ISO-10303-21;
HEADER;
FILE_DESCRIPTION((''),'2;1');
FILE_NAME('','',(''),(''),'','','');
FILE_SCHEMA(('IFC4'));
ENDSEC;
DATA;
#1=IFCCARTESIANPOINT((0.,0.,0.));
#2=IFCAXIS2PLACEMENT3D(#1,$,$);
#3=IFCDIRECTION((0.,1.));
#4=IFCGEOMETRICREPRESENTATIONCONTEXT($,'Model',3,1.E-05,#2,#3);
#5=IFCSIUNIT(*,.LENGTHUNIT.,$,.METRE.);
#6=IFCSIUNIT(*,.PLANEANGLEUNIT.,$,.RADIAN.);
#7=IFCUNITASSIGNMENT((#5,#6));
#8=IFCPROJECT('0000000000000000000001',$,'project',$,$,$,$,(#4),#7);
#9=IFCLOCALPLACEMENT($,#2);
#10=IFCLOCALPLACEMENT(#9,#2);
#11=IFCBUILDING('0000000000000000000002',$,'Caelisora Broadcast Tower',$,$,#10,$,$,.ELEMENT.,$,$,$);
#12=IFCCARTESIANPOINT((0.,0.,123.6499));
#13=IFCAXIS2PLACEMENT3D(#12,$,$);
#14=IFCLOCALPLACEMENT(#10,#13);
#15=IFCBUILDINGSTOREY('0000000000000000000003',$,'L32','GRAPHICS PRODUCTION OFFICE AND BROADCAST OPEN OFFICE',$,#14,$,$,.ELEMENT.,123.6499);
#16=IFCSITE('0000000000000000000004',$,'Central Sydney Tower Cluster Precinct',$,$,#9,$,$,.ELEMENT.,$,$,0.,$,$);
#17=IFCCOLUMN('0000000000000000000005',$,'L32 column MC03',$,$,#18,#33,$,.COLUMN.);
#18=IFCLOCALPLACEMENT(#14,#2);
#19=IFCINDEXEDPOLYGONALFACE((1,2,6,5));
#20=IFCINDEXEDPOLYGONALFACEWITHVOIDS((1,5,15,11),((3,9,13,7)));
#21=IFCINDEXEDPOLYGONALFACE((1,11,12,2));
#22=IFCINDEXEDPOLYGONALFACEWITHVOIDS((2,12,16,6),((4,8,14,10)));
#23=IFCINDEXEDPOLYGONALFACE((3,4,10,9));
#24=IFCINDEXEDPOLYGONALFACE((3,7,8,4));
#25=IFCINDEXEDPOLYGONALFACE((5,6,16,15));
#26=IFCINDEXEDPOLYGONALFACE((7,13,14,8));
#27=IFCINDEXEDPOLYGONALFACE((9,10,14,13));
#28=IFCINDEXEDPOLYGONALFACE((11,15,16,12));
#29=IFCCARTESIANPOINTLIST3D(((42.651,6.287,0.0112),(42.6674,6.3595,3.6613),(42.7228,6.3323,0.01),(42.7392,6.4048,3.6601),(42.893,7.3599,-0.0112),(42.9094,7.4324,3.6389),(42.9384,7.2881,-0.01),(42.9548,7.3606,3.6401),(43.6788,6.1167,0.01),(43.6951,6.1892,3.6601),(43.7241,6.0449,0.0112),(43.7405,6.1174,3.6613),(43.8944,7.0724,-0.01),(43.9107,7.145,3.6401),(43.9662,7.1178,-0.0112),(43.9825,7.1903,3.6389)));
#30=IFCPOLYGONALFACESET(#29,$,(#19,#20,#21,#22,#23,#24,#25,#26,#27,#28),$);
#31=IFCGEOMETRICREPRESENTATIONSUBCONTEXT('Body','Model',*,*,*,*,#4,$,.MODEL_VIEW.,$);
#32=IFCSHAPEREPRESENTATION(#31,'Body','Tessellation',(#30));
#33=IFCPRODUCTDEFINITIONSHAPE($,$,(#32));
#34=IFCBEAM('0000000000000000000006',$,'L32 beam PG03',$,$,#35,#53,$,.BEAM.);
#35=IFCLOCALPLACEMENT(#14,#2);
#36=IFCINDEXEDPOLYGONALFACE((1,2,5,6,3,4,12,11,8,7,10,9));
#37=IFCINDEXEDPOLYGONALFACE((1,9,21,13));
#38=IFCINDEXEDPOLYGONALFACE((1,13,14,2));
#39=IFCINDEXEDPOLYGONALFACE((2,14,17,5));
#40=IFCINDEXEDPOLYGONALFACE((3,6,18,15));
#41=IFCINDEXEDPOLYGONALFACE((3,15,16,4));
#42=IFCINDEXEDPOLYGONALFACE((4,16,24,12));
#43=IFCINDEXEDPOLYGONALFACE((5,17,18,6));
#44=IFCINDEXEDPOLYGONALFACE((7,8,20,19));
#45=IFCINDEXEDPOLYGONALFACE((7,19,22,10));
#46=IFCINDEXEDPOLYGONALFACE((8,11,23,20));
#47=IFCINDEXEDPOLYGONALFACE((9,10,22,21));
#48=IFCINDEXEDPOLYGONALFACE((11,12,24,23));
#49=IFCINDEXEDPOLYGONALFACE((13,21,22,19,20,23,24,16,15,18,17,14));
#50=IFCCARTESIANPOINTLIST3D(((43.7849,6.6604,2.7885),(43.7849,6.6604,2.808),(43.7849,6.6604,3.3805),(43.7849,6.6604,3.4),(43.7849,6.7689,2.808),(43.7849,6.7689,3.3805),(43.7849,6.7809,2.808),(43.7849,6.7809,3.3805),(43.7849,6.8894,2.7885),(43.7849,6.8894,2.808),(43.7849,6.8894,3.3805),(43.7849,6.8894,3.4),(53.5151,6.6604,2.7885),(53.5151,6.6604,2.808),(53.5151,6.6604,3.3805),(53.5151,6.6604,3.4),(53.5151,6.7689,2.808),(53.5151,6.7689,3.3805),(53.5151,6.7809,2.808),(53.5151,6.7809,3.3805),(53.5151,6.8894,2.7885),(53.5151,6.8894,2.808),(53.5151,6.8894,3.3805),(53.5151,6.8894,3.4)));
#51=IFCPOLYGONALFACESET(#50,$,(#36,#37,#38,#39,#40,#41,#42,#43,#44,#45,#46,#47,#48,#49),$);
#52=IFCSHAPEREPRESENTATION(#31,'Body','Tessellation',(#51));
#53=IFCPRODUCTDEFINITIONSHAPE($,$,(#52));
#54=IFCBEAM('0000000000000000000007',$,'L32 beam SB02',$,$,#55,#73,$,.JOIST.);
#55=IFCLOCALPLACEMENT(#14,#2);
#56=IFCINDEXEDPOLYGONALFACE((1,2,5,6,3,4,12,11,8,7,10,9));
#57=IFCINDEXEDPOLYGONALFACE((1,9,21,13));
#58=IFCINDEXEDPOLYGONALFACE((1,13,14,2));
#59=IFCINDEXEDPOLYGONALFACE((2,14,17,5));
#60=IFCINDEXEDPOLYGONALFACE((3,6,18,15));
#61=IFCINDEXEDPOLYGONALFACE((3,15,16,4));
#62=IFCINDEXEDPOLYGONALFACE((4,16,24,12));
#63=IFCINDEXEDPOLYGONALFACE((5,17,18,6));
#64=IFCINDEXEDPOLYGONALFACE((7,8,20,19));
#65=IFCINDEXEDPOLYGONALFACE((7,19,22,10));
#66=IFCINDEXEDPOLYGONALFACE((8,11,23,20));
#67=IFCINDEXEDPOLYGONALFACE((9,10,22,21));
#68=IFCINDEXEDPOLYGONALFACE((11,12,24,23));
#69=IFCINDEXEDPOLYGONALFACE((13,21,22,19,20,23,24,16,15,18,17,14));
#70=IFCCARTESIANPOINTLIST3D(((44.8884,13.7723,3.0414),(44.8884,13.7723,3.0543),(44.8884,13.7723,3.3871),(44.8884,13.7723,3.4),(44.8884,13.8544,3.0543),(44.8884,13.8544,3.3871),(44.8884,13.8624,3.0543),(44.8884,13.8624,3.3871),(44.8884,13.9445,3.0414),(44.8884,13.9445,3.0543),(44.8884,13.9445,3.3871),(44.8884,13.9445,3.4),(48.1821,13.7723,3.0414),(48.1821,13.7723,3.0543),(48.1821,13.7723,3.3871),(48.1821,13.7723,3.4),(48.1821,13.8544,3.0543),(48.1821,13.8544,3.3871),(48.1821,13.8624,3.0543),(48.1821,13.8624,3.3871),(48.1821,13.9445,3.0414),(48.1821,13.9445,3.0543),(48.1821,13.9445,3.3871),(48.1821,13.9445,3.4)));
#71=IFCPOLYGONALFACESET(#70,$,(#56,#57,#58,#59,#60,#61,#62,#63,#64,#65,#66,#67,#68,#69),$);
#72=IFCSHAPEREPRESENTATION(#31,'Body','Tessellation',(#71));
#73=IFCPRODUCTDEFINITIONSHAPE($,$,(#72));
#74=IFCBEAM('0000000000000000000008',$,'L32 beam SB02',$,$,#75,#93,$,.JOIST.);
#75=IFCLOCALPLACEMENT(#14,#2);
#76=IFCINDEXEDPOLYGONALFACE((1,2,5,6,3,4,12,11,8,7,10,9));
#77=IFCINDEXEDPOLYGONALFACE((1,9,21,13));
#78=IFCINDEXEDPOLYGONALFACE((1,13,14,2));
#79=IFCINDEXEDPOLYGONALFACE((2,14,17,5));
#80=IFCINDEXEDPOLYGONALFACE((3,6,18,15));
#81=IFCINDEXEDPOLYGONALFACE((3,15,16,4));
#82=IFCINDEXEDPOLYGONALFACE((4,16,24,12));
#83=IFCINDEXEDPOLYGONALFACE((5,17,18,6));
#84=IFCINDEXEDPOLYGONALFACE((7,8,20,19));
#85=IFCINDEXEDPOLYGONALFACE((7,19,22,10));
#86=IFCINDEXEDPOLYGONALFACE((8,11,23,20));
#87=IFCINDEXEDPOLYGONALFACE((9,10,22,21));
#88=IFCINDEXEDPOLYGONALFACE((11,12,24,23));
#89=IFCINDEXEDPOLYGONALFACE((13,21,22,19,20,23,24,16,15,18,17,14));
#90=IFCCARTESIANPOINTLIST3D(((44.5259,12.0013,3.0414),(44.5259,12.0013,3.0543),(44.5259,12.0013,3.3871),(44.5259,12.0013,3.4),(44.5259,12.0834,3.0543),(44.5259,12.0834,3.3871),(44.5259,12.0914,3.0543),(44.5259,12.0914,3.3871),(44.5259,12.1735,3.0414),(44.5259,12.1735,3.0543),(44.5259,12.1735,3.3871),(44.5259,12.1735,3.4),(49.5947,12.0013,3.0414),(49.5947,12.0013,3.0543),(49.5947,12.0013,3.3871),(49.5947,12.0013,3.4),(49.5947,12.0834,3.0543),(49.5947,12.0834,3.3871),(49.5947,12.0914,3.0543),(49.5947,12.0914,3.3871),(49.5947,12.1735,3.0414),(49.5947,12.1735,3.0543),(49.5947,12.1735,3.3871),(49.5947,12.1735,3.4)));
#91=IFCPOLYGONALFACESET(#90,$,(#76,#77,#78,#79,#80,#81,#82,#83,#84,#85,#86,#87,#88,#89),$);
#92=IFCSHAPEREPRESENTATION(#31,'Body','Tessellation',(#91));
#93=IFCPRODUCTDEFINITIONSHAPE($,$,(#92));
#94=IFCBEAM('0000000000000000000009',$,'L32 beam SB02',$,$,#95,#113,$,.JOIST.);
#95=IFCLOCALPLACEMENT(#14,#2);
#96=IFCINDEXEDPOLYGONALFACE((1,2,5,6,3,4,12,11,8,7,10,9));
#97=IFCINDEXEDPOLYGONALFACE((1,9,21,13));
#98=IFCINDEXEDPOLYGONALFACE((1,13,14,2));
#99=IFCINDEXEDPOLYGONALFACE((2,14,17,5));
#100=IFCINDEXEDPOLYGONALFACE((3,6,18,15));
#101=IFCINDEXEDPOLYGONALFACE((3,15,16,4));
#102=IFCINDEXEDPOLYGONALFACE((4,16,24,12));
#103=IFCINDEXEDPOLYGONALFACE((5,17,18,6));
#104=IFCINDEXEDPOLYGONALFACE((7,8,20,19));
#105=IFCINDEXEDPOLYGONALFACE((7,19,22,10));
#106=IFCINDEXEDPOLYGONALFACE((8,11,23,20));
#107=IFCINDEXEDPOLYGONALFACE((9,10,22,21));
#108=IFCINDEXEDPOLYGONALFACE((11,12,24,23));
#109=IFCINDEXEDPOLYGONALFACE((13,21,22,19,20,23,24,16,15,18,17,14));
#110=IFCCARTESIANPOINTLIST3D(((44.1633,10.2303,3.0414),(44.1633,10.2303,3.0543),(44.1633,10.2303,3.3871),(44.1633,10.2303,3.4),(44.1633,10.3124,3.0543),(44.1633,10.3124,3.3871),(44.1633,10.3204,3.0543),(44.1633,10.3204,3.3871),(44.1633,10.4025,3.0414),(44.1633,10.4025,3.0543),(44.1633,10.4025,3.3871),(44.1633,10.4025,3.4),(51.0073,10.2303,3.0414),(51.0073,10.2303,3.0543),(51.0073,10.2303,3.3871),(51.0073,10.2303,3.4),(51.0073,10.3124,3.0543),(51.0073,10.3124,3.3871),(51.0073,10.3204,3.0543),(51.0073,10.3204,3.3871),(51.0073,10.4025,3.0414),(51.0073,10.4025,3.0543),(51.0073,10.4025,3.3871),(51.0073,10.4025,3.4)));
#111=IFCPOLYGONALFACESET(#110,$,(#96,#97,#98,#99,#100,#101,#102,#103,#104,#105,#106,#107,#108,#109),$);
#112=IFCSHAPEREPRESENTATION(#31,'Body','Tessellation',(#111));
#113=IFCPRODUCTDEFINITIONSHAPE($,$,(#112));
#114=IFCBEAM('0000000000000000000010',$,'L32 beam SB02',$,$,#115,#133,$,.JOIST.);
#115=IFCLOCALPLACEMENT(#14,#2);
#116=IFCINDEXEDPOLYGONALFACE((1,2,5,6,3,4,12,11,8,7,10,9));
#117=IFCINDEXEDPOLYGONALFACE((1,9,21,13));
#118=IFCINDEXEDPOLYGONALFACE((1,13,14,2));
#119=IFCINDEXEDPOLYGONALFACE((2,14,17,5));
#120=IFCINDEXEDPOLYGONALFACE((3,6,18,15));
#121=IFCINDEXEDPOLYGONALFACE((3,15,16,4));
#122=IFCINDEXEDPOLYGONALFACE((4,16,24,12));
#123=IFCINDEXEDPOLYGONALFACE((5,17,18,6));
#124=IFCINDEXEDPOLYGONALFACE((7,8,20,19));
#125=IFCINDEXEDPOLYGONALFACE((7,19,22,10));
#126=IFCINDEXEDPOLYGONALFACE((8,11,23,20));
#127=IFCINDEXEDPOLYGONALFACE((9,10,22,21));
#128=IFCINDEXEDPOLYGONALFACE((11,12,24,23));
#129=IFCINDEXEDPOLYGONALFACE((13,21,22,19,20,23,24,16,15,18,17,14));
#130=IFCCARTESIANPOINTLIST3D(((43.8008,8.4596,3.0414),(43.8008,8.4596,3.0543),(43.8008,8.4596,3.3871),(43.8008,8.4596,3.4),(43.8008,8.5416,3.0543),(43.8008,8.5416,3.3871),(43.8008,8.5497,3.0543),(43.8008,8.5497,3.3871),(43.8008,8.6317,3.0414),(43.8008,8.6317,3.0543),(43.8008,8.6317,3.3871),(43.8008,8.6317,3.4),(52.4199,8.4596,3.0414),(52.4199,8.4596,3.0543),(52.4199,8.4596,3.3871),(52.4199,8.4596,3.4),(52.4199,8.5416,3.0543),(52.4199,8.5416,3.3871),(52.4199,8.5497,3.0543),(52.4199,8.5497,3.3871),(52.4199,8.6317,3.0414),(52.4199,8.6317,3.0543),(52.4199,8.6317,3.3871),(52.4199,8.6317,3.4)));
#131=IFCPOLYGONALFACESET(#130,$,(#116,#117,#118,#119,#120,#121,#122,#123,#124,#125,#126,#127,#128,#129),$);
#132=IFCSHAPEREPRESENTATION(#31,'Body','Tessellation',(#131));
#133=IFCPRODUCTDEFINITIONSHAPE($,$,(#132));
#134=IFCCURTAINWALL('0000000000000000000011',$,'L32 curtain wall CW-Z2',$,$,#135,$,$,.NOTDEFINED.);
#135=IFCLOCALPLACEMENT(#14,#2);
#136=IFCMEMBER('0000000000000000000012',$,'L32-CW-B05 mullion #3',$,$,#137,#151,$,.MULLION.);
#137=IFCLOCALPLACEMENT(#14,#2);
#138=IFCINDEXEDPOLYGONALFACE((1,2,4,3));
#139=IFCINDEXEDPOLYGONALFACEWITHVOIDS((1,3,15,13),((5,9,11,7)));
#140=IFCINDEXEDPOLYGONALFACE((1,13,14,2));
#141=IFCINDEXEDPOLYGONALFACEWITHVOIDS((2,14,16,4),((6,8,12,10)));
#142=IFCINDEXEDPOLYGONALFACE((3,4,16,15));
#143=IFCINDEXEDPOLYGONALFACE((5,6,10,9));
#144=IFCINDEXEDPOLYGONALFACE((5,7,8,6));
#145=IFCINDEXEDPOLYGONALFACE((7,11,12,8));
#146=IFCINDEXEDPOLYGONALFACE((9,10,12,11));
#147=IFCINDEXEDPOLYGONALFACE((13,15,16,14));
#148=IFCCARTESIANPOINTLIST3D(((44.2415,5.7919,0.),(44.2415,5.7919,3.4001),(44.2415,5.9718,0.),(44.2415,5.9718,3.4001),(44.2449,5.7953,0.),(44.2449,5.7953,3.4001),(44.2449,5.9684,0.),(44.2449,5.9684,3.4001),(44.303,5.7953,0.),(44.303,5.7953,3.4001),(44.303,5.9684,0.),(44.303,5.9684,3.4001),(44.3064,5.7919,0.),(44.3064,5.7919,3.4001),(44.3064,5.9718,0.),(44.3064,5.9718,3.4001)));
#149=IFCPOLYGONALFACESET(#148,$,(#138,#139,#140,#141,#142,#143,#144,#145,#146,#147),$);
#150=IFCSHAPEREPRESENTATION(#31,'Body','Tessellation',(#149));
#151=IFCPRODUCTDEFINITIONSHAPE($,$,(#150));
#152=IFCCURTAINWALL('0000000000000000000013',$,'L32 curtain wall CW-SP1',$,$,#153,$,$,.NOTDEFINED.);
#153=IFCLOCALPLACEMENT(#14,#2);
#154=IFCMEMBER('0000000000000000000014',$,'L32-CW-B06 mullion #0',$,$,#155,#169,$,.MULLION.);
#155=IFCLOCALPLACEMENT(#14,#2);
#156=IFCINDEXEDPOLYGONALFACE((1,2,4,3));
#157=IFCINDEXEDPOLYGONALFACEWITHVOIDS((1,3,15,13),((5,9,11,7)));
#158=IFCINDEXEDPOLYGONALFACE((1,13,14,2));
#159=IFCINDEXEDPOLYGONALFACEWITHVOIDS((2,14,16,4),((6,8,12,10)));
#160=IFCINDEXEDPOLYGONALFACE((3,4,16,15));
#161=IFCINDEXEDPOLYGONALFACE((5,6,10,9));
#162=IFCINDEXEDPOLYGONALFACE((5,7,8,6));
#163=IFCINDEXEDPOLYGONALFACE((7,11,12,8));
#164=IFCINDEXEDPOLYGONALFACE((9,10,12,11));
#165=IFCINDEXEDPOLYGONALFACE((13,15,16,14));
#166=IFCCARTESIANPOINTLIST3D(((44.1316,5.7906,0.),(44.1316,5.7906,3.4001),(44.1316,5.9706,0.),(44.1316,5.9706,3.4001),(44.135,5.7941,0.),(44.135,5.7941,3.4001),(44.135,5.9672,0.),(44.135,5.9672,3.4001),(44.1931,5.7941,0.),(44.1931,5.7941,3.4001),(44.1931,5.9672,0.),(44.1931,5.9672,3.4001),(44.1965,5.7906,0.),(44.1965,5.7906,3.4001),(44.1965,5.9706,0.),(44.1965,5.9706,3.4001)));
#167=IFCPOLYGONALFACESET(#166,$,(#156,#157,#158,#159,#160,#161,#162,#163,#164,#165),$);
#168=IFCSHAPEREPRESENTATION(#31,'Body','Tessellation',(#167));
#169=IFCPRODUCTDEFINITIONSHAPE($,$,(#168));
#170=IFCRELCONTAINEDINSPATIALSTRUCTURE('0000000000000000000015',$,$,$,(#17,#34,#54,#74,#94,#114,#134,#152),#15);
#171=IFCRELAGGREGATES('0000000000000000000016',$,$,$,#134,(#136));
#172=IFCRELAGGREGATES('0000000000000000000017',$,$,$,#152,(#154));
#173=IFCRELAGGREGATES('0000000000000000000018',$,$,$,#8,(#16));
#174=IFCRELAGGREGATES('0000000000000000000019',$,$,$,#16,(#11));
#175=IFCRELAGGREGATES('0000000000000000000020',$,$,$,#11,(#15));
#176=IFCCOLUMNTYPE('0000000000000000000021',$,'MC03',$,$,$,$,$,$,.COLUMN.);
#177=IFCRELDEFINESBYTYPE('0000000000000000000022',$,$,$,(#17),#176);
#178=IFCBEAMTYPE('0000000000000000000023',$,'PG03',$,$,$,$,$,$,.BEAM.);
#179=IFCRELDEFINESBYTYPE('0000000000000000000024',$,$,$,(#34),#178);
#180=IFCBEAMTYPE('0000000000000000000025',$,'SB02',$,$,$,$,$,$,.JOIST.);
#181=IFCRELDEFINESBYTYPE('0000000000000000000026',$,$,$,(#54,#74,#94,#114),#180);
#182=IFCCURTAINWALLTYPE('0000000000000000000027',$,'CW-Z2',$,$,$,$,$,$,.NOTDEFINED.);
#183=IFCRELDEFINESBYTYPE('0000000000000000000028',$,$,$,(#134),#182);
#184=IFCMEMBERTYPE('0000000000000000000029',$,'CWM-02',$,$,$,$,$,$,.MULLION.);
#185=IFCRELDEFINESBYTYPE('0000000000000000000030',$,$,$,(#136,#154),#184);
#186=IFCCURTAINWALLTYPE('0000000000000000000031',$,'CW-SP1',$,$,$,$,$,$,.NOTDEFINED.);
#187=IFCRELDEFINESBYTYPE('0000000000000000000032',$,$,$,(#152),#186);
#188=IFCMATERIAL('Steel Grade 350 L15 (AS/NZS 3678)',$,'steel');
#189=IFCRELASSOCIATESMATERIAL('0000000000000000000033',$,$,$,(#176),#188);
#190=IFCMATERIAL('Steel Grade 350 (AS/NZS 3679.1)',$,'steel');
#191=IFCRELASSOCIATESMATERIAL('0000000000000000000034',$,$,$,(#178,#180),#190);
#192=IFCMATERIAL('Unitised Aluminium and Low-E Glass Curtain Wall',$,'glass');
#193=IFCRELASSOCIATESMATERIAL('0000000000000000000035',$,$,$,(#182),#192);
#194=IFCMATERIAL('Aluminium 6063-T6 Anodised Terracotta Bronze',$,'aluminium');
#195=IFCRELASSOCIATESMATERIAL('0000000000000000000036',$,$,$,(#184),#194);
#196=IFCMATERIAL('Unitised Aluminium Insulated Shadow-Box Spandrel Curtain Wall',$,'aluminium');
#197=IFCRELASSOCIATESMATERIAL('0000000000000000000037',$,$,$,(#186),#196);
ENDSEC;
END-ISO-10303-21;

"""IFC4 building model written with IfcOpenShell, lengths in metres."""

from ifc_helpers import new_model, si_unit, direction, frame, origin, origin_2d, place, context, subcontext, project, spatial, hollow_rectangle, i_section, extrude, source, transform, mapped, material, material_profile, profile_set, type_object, type_shapes, element, aggregate, save


model = new_model("IFC4")

# Units and contexts
model_context = context("Model", 3, precision=1e-05, world=origin(), true_north=direction((0.0, 1.0)))
body_context = subcontext(model_context, "Body", "Model", "MODEL_VIEW")
ifc_project = project(units=[si_unit("LENGTHUNIT", "METRE"), si_unit("PLANEANGLEUNIT", "RADIAN")], contexts=[model_context])

# Site, building, storey
site_placement = place(None, origin())
site = spatial("IfcSite", under=ifc_project, at=site_placement, Name="Central Sydney Tower Cluster Precinct", CompositionType="ELEMENT", RefElevation=0.0)
building_placement = place(site_placement, origin())
building = spatial("IfcBuilding", under=site, at=building_placement, Name="Caelisora Broadcast Tower", CompositionType="ELEMENT")
storey_placement = place(building_placement, frame((0.0, 0.0, 123.6499)))
storey = spatial("IfcBuildingStorey", under=building, at=storey_placement, Name="L32", Description="GRAPHICS PRODUCTION OFFICE AND BROADCAST OPEN OFFICE", CompositionType="ELEMENT", Elevation=123.6499)

# Column
ifc_material_1 = material(Name="Steel Grade 350 L15 (AS/NZS 3678)", Category="steel")
ifc_material_profile_1 = material_profile(ifc_material_1, hollow_rectangle(XDim=1.1001, YDim=1.1001, WallThickness=0.0601, at=origin_2d()), Name="Steel Grade 350 L15 (AS/NZS 3678)")
ifc_profile_set_1 = profile_set([ifc_material_profile_1], Name="Steel Grade 350 L15 (AS/NZS 3678)")
column_type = type_object("IfcColumnType", Name="MC03", PredefinedType="COLUMN", material=ifc_profile_set_1)
shared_shape_1 = source(origin(), body_context, "Body", "SweptSolid", [
    extrude(hollow_rectangle(XDim=1.1001, YDim=1.1001, WallThickness=0.0601, at=origin_2d()), origin(), (0.0, 0.0, 1.0), 3.6509),
])
type_shapes(column_type, [shared_shape_1])
column_placement = place(storey_placement, frame((43.3086, 6.7024, 0.0), z_axis=(0.00448, 0.019861, 0.999793), x_axis=(-0.975487, 0.220059, 0.0)))
element("IfcColumn", 1, at=column_placement, inside=storey, type_object=column_type, Name="L32 column MC03", PredefinedType="COLUMN", context=body_context, shape_type="MappedRepresentation", body=[
    mapped(shared_shape_1, transform((0.0, 0.0, 0.0), scale=1.0)),
])

# Beams
ifc_material_2 = material(Name="Steel Grade 350 (AS/NZS 3679.1)", Category="steel")
ifc_material_profile_2 = material_profile(ifc_material_2, i_section(OverallWidth=0.229, OverallDepth=0.6116, WebThickness=0.012, FlangeThickness=0.0195, at=origin_2d()), Name="Steel Grade 350 (AS/NZS 3679.1)")
ifc_profile_set_2 = profile_set([ifc_material_profile_2], Name="Steel Grade 350 (AS/NZS 3679.1)")
beam_type_1 = type_object("IfcBeamType", Name="PG03", PredefinedType="BEAM", material=ifc_profile_set_2)
shared_shape_2 = source(origin(), body_context, "Body", "SweptSolid", [
    extrude(i_section(OverallWidth=0.229, OverallDepth=0.6116, WebThickness=0.012, FlangeThickness=0.0195, at=origin_2d()), origin(), (0.0, 0.0, 1.0), 9.7302),
])
type_shapes(beam_type_1, [shared_shape_2])
beam_1_placement = place(storey_placement, frame((43.7849, 6.7749, 3.0942), z_axis=(1.0, 0.0, 0.0), x_axis=(0.0, 1.0, 0.0)))
element("IfcBeam", 2, at=beam_1_placement, inside=storey, type_object=beam_type_1, Name="L32 beam PG03", PredefinedType="BEAM", context=body_context, shape_type="MappedRepresentation", body=[
    mapped(shared_shape_2, transform((0.0, 0.0, 0.0), scale=1.0)),
])
ifc_material_profile_3 = material_profile(ifc_material_2, i_section(OverallWidth=0.1721, OverallDepth=0.3586, WebThickness=0.0081, FlangeThickness=0.0129, at=origin_2d()), Name="Steel Grade 350 (AS/NZS 3679.1)")
ifc_profile_set_3 = profile_set([ifc_material_profile_3], Name="Steel Grade 350 (AS/NZS 3679.1)")
beam_type_2 = type_object("IfcBeamType", Name="SB02", PredefinedType="JOIST", material=ifc_profile_set_3)
shared_shape_3 = source(origin(), body_context, "Body", "SweptSolid", [
    extrude(i_section(OverallWidth=0.1721, OverallDepth=0.3586, WebThickness=0.0081, FlangeThickness=0.0129, at=origin_2d()), origin(), (0.0, 0.0, 1.0), 3.2937),
])
beam_2_placement = place(storey_placement, frame((44.8884, 13.8584, 3.2207), z_axis=(1.0, 0.0, 0.0), x_axis=(0.0, 1.0, 0.0)))
element("IfcBeam", 3, at=beam_2_placement, inside=storey, type_object=beam_type_2, Name="L32 beam SB02", PredefinedType="JOIST", context=body_context, shape_type="MappedRepresentation", body=[
    mapped(shared_shape_3, transform((0.0, 0.0, 0.0), scale=1.0)),
])
shared_shape_4 = source(origin(), body_context, "Body", "SweptSolid", [
    extrude(i_section(OverallWidth=0.1721, OverallDepth=0.3586, WebThickness=0.0081, FlangeThickness=0.0129, at=origin_2d()), origin(), (0.0, 0.0, 1.0), 5.0688),
])
beam_3_placement = place(storey_placement, frame((44.5259, 12.0874, 3.2207), z_axis=(1.0, 0.0, 0.0), x_axis=(0.0, 1.0, 0.0)))
element("IfcBeam", 4, at=beam_3_placement, inside=storey, type_object=beam_type_2, Name="L32 beam SB02", PredefinedType="JOIST", context=body_context, shape_type="MappedRepresentation", body=[
    mapped(shared_shape_4, transform((0.0, 0.0, 0.0), scale=1.0)),
])
shared_shape_5 = source(origin(), body_context, "Body", "SweptSolid", [
    extrude(i_section(OverallWidth=0.1721, OverallDepth=0.3586, WebThickness=0.0081, FlangeThickness=0.0129, at=origin_2d()), origin(), (0.0, 0.0, 1.0), 6.844),
])
beam_4_placement = place(storey_placement, frame((44.1633, 10.3164, 3.2207), z_axis=(1.0, 0.0, 0.0), x_axis=(0.0, 1.0, 0.0)))
element("IfcBeam", 5, at=beam_4_placement, inside=storey, type_object=beam_type_2, Name="L32 beam SB02", PredefinedType="JOIST", context=body_context, shape_type="MappedRepresentation", body=[
    mapped(shared_shape_5, transform((0.0, 0.0, 0.0), scale=1.0)),
])
shared_shape_6 = source(origin(), body_context, "Body", "SweptSolid", [
    extrude(i_section(OverallWidth=0.1721, OverallDepth=0.3586, WebThickness=0.0081, FlangeThickness=0.0129, at=origin_2d()), origin(), (0.0, 0.0, 1.0), 8.6191),
])
type_shapes(beam_type_2, [shared_shape_3, shared_shape_4, shared_shape_5, shared_shape_6])
beam_5_placement = place(storey_placement, frame((43.8008, 8.5457, 3.2207), z_axis=(1.0, 0.0, 0.0), x_axis=(0.0, 1.0, 0.0)))
element("IfcBeam", 6, at=beam_5_placement, inside=storey, type_object=beam_type_2, Name="L32 beam SB02", PredefinedType="JOIST", context=body_context, shape_type="MappedRepresentation", body=[
    mapped(shared_shape_6, transform((0.0, 0.0, 0.0), scale=1.0)),
])

# Curtain wall, member
ifc_material_3 = material(Name="Unitised Aluminium and Low-E Glass Curtain Wall", Category="glass")
curtain_wall_type_1 = type_object("IfcCurtainWallType", Name="CW-Z2", PredefinedType="NOTDEFINED", material=ifc_material_3)
curtain_wall_1_placement = place(storey_placement, origin())
curtain_wall_1 = element("IfcCurtainWall", 7, at=curtain_wall_1_placement, inside=storey, type_object=curtain_wall_type_1, Name="L32 curtain wall CW-Z2", PredefinedType="NOTDEFINED")
ifc_material_4 = material(Name="Aluminium 6063-T6 Anodised Terracotta Bronze", Category="aluminium")
ifc_material_profile_4 = material_profile(ifc_material_4, hollow_rectangle(XDim=0.0649, YDim=0.1799, WallThickness=0.0034, at=origin_2d()), Name="Aluminium 6063-T6 Anodised Terracotta Bronze")
ifc_profile_set_4 = profile_set([ifc_material_profile_4], Name="Aluminium 6063-T6 Anodised Terracotta Bronze")
member_type_1 = type_object("IfcMemberType", Name="CWM-02", PredefinedType="MULLION", material=ifc_profile_set_4)
shared_shape_7 = source(origin(), body_context, "Body", "SweptSolid", [
    extrude(hollow_rectangle(XDim=0.0649, YDim=0.1799, WallThickness=0.0034, at=origin_2d()), origin(), (0.0, 0.0, 1.0), 3.4001),
])
type_shapes(member_type_1, [shared_shape_7])
member_1_placement = place(storey_placement, frame((44.2739, 5.8818, 0.0), z_axis=(0.0, 0.0, 1.0), x_axis=(1.0, 0.0, 0.0)))
member_1 = element("IfcMember", 8, at=member_1_placement, type_object=member_type_1, Name="L32-CW-B05 mullion #3", PredefinedType="MULLION", context=body_context, shape_type="MappedRepresentation", body=[
    mapped(shared_shape_7, transform((0.0, 0.0, 0.0), scale=1.0)),
])
aggregate(curtain_wall_1, [member_1])

# Curtain wall, member
ifc_material_5 = material(Name="Unitised Aluminium Insulated Shadow-Box Spandrel Curtain Wall", Category="aluminium")
curtain_wall_type_2 = type_object("IfcCurtainWallType", Name="CW-SP1", PredefinedType="NOTDEFINED", material=ifc_material_5)
curtain_wall_2_placement = place(storey_placement, origin())
curtain_wall_2 = element("IfcCurtainWall", 9, at=curtain_wall_2_placement, inside=storey, type_object=curtain_wall_type_2, Name="L32 curtain wall CW-SP1", PredefinedType="NOTDEFINED")
member_2_placement = place(storey_placement, frame((44.1641, 5.8806, 0.0), z_axis=(0.0, 0.0, 1.0), x_axis=(1.0, 0.0, 0.0)))
member_2 = element("IfcMember", 10, at=member_2_placement, type_object=member_type_1, Name="L32-CW-B06 mullion #0", PredefinedType="MULLION", context=body_context, shape_type="MappedRepresentation", body=[
    mapped(shared_shape_7, transform((0.0, 0.0, 0.0), scale=1.0)),
])

aggregate(curtain_wall_2, [member_2])

save(model, "model.ifc")
